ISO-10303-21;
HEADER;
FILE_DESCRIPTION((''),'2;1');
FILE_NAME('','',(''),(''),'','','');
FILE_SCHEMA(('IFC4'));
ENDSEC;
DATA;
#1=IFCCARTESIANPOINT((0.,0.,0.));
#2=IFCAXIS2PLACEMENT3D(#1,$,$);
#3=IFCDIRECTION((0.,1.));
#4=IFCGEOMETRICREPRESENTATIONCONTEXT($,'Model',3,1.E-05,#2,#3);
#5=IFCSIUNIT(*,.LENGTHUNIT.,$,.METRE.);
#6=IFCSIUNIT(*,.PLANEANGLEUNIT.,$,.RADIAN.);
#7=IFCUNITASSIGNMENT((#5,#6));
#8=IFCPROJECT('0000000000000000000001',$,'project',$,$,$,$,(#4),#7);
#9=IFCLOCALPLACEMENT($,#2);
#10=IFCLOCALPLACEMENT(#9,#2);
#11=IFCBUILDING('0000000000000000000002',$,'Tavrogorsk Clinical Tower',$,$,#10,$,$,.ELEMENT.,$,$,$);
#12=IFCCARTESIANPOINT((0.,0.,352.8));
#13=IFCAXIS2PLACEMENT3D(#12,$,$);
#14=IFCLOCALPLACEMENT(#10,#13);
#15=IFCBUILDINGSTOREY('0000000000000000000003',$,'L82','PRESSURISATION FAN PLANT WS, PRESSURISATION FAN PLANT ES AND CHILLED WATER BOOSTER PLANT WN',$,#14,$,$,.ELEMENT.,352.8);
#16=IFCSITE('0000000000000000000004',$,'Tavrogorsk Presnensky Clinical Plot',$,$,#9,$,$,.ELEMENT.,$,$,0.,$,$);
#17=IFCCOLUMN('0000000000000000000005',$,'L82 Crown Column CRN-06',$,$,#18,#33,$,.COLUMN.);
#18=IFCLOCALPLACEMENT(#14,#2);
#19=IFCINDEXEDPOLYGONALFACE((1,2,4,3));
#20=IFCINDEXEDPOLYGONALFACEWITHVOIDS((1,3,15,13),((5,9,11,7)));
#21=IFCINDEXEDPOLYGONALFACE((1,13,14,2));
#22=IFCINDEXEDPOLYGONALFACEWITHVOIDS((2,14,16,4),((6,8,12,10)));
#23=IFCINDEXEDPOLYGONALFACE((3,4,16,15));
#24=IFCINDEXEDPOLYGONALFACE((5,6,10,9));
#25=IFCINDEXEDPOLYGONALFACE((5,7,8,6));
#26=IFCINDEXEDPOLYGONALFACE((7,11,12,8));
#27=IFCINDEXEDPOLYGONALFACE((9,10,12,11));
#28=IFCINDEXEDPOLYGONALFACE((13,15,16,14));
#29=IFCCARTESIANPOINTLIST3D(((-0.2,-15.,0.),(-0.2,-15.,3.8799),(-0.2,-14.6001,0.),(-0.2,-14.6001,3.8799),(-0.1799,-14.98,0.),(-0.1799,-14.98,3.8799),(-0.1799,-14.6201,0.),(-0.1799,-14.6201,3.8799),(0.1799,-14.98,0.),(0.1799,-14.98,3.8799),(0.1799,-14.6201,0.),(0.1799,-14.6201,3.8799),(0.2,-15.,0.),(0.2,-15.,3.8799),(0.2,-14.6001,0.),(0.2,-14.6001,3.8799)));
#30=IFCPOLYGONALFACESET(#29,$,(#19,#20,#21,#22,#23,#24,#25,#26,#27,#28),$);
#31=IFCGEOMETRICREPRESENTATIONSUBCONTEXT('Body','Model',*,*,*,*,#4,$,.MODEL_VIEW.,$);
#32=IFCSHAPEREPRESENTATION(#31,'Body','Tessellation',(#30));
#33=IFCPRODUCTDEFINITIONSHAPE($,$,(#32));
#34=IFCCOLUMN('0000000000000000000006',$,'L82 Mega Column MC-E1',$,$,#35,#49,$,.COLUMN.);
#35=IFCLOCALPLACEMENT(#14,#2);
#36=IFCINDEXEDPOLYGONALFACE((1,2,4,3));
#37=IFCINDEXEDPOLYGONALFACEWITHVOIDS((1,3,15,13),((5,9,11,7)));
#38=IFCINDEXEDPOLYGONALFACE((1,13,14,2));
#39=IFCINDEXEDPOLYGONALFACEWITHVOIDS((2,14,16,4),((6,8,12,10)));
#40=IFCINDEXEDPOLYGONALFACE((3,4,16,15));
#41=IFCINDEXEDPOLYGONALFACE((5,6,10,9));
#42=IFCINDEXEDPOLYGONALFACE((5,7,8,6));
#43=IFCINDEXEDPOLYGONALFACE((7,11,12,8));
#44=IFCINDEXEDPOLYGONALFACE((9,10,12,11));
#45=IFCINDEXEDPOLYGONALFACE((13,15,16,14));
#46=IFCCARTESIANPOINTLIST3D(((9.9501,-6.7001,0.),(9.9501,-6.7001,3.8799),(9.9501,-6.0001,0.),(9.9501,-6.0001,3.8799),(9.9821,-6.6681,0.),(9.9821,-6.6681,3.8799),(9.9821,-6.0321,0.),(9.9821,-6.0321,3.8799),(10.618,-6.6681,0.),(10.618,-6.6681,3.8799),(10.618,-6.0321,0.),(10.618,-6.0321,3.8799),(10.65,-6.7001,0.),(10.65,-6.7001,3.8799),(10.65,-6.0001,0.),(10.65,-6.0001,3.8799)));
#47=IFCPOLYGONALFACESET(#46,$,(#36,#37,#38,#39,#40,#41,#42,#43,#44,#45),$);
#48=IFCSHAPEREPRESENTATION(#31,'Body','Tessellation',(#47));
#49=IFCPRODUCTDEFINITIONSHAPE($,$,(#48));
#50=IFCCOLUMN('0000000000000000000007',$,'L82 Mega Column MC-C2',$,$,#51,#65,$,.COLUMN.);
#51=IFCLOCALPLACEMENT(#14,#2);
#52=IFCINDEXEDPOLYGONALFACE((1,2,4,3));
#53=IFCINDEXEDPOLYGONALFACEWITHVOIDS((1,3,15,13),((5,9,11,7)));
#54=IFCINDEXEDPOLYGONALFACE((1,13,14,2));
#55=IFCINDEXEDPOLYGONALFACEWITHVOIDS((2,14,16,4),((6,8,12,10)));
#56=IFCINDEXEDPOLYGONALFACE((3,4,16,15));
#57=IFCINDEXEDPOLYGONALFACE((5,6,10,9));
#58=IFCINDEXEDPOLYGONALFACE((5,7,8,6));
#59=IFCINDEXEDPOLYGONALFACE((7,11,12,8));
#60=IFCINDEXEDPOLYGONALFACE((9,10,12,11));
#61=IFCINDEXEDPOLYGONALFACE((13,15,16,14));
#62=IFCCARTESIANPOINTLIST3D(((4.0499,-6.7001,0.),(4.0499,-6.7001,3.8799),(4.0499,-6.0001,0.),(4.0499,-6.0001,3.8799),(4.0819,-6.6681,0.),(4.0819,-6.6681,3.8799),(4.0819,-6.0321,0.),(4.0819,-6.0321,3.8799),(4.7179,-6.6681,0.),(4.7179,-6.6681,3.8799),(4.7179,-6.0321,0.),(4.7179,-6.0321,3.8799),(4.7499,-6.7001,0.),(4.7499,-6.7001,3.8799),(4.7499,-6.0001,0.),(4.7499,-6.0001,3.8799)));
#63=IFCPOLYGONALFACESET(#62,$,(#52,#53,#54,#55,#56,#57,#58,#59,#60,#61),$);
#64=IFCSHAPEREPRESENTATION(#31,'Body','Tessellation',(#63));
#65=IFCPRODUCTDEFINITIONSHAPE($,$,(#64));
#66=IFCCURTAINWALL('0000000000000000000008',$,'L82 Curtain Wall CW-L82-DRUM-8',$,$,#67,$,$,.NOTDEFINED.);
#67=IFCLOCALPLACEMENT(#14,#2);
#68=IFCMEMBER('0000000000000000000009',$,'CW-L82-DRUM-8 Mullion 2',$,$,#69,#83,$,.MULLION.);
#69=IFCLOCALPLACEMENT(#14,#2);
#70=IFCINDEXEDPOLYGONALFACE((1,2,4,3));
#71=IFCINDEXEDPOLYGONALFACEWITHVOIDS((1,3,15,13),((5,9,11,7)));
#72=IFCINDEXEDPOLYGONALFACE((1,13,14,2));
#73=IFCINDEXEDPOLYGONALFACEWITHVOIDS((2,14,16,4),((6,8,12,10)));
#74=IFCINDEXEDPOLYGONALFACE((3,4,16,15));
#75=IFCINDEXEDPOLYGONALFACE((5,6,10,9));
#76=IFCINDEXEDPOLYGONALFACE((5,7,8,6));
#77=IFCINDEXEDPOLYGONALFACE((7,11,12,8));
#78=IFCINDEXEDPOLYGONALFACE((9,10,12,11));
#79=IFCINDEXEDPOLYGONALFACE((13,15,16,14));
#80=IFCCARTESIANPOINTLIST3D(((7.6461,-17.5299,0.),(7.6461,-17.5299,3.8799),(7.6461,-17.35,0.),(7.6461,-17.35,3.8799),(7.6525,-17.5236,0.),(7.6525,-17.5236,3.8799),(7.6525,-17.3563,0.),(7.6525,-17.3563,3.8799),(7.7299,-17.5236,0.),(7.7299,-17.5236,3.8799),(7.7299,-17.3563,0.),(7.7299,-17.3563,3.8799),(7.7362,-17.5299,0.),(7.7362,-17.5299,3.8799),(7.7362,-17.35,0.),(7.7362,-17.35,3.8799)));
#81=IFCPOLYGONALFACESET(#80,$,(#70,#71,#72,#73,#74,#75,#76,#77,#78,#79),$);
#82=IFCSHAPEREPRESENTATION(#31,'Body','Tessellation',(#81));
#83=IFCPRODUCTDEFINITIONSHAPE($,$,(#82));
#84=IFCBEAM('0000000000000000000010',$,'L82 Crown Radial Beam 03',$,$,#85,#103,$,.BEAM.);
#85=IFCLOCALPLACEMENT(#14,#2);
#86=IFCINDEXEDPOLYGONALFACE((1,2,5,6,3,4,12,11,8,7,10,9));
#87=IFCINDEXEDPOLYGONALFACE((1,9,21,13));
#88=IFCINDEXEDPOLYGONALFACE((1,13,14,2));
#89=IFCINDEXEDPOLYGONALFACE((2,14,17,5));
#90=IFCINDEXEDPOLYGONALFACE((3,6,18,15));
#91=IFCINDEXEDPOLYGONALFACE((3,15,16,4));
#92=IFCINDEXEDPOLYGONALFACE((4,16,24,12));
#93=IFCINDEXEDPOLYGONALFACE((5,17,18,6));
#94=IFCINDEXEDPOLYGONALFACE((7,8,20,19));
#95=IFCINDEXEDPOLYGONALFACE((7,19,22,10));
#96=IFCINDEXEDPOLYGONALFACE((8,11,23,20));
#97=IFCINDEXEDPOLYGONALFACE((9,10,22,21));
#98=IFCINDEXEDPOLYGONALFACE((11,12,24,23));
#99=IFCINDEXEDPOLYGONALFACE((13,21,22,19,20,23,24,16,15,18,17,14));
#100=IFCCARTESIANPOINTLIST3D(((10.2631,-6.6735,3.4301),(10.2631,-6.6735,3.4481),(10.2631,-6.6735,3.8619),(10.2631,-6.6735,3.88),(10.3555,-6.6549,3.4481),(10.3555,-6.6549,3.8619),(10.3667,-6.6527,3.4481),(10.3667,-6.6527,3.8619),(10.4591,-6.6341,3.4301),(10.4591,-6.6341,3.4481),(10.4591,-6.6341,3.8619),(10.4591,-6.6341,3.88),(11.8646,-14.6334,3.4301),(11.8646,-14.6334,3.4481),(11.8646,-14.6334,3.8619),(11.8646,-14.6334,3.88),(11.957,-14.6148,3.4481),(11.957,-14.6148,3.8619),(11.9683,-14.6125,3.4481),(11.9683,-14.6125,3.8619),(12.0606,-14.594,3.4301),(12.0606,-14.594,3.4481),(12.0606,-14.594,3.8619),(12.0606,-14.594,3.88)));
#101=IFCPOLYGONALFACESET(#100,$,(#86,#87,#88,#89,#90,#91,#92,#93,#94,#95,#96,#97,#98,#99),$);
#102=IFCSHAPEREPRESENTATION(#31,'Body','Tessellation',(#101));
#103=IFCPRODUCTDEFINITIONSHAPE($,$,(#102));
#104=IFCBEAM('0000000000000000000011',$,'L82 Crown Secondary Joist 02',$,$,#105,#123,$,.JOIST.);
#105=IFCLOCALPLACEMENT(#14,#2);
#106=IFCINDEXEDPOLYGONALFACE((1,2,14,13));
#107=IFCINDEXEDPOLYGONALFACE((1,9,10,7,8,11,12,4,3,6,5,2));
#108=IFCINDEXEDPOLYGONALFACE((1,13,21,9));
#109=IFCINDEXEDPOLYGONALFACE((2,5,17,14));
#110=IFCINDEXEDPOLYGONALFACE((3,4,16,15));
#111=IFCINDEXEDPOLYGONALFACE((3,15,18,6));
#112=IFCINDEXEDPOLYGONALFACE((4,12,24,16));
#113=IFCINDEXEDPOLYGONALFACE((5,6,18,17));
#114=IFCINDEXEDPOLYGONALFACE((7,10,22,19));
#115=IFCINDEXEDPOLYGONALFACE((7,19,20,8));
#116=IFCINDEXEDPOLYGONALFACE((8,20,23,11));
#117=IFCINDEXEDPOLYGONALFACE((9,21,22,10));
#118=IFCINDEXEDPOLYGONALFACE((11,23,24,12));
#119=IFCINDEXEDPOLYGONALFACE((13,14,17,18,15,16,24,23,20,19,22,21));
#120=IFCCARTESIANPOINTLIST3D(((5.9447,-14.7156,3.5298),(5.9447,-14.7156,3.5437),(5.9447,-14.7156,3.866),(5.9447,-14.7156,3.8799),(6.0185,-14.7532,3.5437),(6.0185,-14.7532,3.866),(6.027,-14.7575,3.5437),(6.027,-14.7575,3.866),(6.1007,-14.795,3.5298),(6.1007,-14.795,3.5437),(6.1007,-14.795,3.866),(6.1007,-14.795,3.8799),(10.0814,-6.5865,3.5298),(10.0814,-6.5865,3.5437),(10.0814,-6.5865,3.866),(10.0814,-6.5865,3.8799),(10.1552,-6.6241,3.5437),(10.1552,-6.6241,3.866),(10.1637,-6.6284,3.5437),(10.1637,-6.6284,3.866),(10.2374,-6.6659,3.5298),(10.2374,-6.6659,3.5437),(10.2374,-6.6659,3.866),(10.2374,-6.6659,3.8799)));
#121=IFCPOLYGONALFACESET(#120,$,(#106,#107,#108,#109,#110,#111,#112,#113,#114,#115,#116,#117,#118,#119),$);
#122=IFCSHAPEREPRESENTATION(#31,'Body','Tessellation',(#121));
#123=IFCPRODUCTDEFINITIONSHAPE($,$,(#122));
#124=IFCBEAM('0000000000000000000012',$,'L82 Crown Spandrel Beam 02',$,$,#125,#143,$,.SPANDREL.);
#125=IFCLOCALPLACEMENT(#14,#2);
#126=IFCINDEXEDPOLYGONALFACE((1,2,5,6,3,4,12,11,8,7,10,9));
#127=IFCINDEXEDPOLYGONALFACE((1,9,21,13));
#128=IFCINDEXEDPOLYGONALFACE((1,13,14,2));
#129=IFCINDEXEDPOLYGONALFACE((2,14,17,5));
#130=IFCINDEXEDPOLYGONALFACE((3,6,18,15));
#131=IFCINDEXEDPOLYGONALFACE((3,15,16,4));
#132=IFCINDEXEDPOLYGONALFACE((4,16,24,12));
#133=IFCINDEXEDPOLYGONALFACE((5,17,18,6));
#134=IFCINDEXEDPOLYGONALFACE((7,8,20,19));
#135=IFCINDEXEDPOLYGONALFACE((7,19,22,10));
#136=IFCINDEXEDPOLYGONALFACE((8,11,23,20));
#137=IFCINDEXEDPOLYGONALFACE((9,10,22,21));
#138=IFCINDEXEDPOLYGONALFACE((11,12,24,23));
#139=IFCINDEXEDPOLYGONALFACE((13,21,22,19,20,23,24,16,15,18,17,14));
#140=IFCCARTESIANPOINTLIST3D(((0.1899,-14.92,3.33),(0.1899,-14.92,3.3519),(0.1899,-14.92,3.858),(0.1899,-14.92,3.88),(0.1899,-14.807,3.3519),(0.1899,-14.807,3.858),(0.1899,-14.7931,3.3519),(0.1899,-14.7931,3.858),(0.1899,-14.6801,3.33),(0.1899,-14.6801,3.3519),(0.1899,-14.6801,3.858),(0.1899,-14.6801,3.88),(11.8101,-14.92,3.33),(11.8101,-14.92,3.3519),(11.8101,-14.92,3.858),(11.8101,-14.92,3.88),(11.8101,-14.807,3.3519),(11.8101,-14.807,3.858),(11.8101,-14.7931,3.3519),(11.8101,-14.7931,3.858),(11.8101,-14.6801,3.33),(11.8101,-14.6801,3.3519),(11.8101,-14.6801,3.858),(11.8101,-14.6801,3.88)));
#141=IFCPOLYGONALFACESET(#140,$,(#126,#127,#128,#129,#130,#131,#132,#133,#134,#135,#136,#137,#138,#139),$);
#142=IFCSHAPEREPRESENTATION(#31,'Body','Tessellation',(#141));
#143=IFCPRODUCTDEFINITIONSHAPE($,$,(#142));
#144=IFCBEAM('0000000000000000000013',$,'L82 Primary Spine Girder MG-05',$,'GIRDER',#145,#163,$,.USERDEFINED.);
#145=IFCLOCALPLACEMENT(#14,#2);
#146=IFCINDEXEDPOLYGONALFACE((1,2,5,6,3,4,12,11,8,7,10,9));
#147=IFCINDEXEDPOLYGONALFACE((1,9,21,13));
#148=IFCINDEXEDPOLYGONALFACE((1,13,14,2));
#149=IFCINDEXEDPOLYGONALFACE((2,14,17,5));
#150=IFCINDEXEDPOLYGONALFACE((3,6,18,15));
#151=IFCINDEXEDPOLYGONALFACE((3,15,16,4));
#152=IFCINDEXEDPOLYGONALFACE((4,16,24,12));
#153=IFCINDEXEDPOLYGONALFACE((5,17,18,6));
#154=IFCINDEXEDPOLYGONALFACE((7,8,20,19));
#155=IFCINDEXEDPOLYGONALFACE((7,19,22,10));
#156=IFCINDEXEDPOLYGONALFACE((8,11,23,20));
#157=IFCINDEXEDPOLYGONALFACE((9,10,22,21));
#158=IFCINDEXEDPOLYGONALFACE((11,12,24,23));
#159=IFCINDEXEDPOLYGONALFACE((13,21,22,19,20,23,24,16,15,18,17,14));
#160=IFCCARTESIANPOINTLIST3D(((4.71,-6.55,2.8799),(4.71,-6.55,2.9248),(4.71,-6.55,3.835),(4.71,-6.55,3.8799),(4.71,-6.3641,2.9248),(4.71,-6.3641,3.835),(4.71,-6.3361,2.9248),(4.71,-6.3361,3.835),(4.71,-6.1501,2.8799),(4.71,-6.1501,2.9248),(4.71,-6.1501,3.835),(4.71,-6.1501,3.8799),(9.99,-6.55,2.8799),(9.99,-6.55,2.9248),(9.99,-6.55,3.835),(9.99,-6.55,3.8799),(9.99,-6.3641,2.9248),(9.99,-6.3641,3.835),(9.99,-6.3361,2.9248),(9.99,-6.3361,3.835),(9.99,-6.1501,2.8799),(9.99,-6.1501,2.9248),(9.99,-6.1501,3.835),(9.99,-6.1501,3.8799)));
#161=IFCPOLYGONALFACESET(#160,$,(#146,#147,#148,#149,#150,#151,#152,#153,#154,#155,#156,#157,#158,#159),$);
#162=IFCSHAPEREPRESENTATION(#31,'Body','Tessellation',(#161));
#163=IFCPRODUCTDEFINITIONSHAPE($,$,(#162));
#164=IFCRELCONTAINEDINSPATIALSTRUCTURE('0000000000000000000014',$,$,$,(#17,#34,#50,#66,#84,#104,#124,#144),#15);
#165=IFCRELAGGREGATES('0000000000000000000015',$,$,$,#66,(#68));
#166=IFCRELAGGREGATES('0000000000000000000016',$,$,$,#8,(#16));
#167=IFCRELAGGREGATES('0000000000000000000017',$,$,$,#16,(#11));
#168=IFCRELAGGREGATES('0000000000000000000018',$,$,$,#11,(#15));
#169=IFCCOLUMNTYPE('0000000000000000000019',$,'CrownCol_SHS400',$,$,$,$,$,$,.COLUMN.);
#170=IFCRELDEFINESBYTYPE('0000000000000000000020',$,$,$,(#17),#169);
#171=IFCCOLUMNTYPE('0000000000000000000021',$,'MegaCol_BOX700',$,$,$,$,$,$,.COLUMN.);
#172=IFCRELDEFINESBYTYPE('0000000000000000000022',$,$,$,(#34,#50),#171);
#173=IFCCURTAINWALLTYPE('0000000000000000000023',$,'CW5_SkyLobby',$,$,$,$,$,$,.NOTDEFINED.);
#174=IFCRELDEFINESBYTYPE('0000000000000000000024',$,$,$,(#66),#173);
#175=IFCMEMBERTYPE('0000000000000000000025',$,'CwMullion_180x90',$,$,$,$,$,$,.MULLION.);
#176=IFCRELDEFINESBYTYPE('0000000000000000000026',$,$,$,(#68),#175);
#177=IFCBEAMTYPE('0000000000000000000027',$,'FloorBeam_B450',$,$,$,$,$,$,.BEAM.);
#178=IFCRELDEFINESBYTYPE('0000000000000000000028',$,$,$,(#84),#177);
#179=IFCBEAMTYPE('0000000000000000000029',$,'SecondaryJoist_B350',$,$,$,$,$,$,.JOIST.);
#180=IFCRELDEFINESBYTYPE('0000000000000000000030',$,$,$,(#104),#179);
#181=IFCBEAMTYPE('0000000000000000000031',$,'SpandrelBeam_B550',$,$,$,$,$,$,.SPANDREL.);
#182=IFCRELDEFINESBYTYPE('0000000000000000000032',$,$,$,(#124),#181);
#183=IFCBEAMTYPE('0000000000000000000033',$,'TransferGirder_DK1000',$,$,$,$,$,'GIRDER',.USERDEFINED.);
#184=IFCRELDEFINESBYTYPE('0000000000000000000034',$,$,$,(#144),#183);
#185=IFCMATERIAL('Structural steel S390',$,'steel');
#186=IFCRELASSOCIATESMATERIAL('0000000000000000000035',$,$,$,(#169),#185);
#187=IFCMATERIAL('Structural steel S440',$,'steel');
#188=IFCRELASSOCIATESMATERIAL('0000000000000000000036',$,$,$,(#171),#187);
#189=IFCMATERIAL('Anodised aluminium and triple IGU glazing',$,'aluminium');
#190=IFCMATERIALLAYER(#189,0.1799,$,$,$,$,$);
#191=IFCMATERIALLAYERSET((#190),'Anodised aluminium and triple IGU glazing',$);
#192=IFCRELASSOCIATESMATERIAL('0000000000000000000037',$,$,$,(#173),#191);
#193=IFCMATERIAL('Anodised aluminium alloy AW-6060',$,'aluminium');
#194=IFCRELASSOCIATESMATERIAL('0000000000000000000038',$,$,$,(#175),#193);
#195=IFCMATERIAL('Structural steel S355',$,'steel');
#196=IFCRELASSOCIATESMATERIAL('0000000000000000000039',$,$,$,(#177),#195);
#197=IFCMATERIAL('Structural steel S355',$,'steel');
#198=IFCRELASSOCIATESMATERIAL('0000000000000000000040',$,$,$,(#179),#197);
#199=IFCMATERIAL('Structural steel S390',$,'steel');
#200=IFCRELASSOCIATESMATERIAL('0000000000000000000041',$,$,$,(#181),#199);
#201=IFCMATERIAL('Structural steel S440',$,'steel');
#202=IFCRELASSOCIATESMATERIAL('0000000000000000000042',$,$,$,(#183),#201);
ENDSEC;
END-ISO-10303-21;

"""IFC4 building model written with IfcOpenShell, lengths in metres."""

from ifc_helpers import new_model, si_unit, direction, frame, origin, origin_2d, place, context, subcontext, project, spatial, hollow_rectangle, i_section, extrude, material, layer, layer_set, material_profile, profile_set, type_object, element, aggregate, save


model = new_model("IFC4")

# Units and contexts
model_context = context("Model", 3, precision=1e-05, world=origin(), true_north=direction((0.0, 1.0)))
body_context = subcontext(model_context, "Body", "Model", "MODEL_VIEW")
ifc_project = project(units=[si_unit("LENGTHUNIT", "METRE"), si_unit("PLANEANGLEUNIT", "RADIAN")], contexts=[model_context])

# Site, building, storey
site_placement = place(None, origin())
site = spatial("IfcSite", under=ifc_project, at=site_placement, Name="Tavrogorsk Presnensky Clinical Plot", CompositionType="ELEMENT", RefElevation=0.0)
building_placement = place(site_placement, origin())
building = spatial("IfcBuilding", under=site, at=building_placement, Name="Tavrogorsk Clinical Tower", CompositionType="ELEMENT")
storey_placement = place(building_placement, frame((0.0, 0.0, 352.8)))
storey = spatial("IfcBuildingStorey", under=building, at=storey_placement, Name="L82", Description="PRESSURISATION FAN PLANT WS, PRESSURISATION FAN PLANT ES AND CHILLED WATER BOOSTER PLANT WN", CompositionType="ELEMENT", Elevation=352.8)

# Columns
ifc_material_1 = material(Name="Structural steel S390", Category="steel")
ifc_material_profile_1 = material_profile(ifc_material_1, hollow_rectangle(XDim=0.3999, YDim=0.3999, WallThickness=0.02, at=origin_2d()), Name="SHS-400x400x20")
ifc_profile_set_1 = profile_set([ifc_material_profile_1], Name="Structural steel S390")
column_type_1 = type_object("IfcColumnType", Name="CrownCol_SHS400", PredefinedType="COLUMN", material=ifc_profile_set_1)
column_placement = place(storey_placement, frame((0.0, -14.8, 0.0), z_axis=(0.0, 0.0, 1.0), x_axis=(1.0, 0.0, 0.0)))
element("IfcColumn", 1, at=column_placement, inside=storey, type_object=column_type_1, Name="L82 Crown Column CRN-06", PredefinedType="COLUMN", context=body_context, shape_type="SweptSolid", body=[
    extrude(hollow_rectangle(XDim=0.3999, YDim=0.3999, WallThickness=0.02, at=origin_2d()), origin(), (0.0, 0.0, 1.0), 3.8799),
])
ifc_material_2 = material(Name="Structural steel S440", Category="steel")
ifc_material_profile_2 = material_profile(ifc_material_2, hollow_rectangle(XDim=0.7, YDim=0.7, WallThickness=0.032, at=origin_2d()), Name="BOX-700x700x32")
ifc_profile_set_2 = profile_set([ifc_material_profile_2], Name="Structural steel S440")
column_type_2 = type_object("IfcColumnType", Name="MegaCol_BOX700", PredefinedType="COLUMN", material=ifc_profile_set_2)
for number, where, z_axis, x_axis, name in (
    (2, (10.3, -6.3501, 0.0), (0.0, 0.0, 1.0), (1.0, 0.0, 0.0), "L82 Mega Column MC-E1"),
    (3, (4.3999, -6.3501, 0.0), (0.0, 0.0, 1.0), (1.0, 0.0, 0.0), "L82 Mega Column MC-C2"),
):
    element("IfcColumn", number, at=place(storey_placement, frame(where, z_axis=z_axis, x_axis=x_axis)), inside=storey, type_object=column_type_2, Name=name, PredefinedType="COLUMN", context=body_context, shape_type="SweptSolid", body=[
        extrude(hollow_rectangle(XDim=0.7, YDim=0.7, WallThickness=0.032, at=origin_2d()), origin(), (0.0, 0.0, 1.0), 3.8799),
    ])

# Curtain wall, member
ifc_material_3 = material(Name="Anodised aluminium and triple IGU glazing", Category="aluminium")
ifc_layer_1 = layer(ifc_material_3, 0.1799)
ifc_layer_set_1 = layer_set([ifc_layer_1], Name="Anodised aluminium and triple IGU glazing")
curtain_wall_type = type_object("IfcCurtainWallType", Name="CW5_SkyLobby", PredefinedType="NOTDEFINED", material=ifc_layer_set_1)
curtain_wall_placement = place(storey_placement, origin())
curtain_wall = element("IfcCurtainWall", 4, at=curtain_wall_placement, inside=storey, type_object=curtain_wall_type, Name="L82 Curtain Wall CW-L82-DRUM-8", PredefinedType="NOTDEFINED")
ifc_material_4 = material(Name="Anodised aluminium alloy AW-6060", Category="aluminium")
ifc_material_profile_3 = material_profile(ifc_material_4, hollow_rectangle(XDim=0.0901, YDim=0.1799, WallThickness=0.0063, at=origin_2d()), Name="RHS-180x90x6.3")
ifc_profile_set_3 = profile_set([ifc_material_profile_3], Name="Anodised aluminium alloy AW-6060")
member_type = type_object("IfcMemberType", Name="CwMullion_180x90", PredefinedType="MULLION", material=ifc_profile_set_3)
member_placement = place(storey_placement, frame((7.6912, -17.4399, 0.0), z_axis=(0.0, 0.0, 1.0), x_axis=(-1.0, 0.0, 0.0)))
member = element("IfcMember", 5, at=member_placement, type_object=member_type, Name="CW-L82-DRUM-8 Mullion 2", PredefinedType="MULLION", context=body_context, shape_type="SweptSolid", body=[
    extrude(hollow_rectangle(XDim=0.0901, YDim=0.1799, WallThickness=0.0063, at=origin_2d()), origin(), (0.0, 0.0, 1.0), 3.8799),
])

# Beams
ifc_material_5 = material(Name="Structural steel S355", Category="steel")
ifc_material_profile_4 = material_profile(ifc_material_5, i_section(OverallWidth=0.2, OverallDepth=0.45, WebThickness=0.0115, FlangeThickness=0.0181, at=origin_2d()), Name="B-450x200x11.5x18")
ifc_profile_set_4 = profile_set([ifc_material_profile_4], Name="Structural steel S355")
beam_type_1 = type_object("IfcBeamType", Name="FloorBeam_B450", PredefinedType="BEAM", material=ifc_profile_set_4)
beam_1_placement = place(storey_placement, frame((10.3611, -6.6538, 3.655), z_axis=(0.197249, -0.980353, 0.0), x_axis=(0.980353, 0.197249, 0.0)))
element("IfcBeam", 6, at=beam_1_placement, inside=storey, type_object=beam_type_1, Name="L82 Crown Radial Beam 03", PredefinedType="BEAM", context=body_context, shape_type="SweptSolid", body=[
    extrude(i_section(OverallWidth=0.2, OverallDepth=0.45, WebThickness=0.0115, FlangeThickness=0.0181, at=origin_2d()), origin(), (0.0, 0.0, 1.0), 8.1194),
])
ifc_material_6 = material(Name="Structural steel S355", Category="steel")
ifc_material_profile_5 = material_profile(ifc_material_6, i_section(OverallWidth=0.175, OverallDepth=0.3501, WebThickness=0.0095, FlangeThickness=0.0139, at=origin_2d()), Name="B-350x175x9.5x14")
ifc_profile_set_5 = profile_set([ifc_material_profile_5], Name="Structural steel S355")
beam_type_2 = type_object("IfcBeamType", Name="SecondaryJoist_B350", PredefinedType="JOIST", material=ifc_profile_set_5)
beam_2_placement = place(storey_placement, frame((10.1594, -6.6262, 3.7048), z_axis=(-0.45353, -0.891241, 0.0), x_axis=(0.891241, -0.45353, 0.0)))
element("IfcBeam", 7, at=beam_2_placement, inside=storey, type_object=beam_type_2, Name="L82 Crown Secondary Joist 02", PredefinedType="JOIST", context=body_context, shape_type="SweptSolid", body=[
    extrude(i_section(OverallWidth=0.175, OverallDepth=0.3501, WebThickness=0.0095, FlangeThickness=0.0139, at=origin_2d()), origin(), (0.0, 0.0, 1.0), 9.1211),
])
ifc_material_7 = material(Name="Structural steel S390", Category="steel")
ifc_material_profile_6 = material_profile(ifc_material_7, i_section(OverallWidth=0.24, OverallDepth=0.55, WebThickness=0.0139, FlangeThickness=0.022, at=origin_2d()), Name="B-550x240x14x22")
ifc_profile_set_6 = profile_set([ifc_material_profile_6], Name="Structural steel S390")
beam_type_3 = type_object("IfcBeamType", Name="SpandrelBeam_B550", PredefinedType="SPANDREL", material=ifc_profile_set_6)
beam_3_placement = place(storey_placement, frame((0.1899, -14.8, 3.605), z_axis=(1.0, 0.0, 0.0), x_axis=(0.0, 1.0, 0.0)))
element("IfcBeam", 8, at=beam_3_placement, inside=storey, type_object=beam_type_3, Name="L82 Crown Spandrel Beam 02", PredefinedType="SPANDREL", context=body_context, shape_type="SweptSolid", body=[
    extrude(i_section(OverallWidth=0.24, OverallDepth=0.55, WebThickness=0.0139, FlangeThickness=0.022, at=origin_2d()), origin(), (0.0, 0.0, 1.0), 11.6201),
])
ifc_material_8 = material(Name="Structural steel S440", Category="steel")
ifc_material_profile_7 = material_profile(ifc_material_8, i_section(OverallWidth=0.3999, OverallDepth=1.0, WebThickness=0.0281, FlangeThickness=0.0449, at=origin_2d()), Name="DK-1000x400x28x45")
ifc_profile_set_7 = profile_set([ifc_material_profile_7], Name="Structural steel S440")
beam_type_4 = type_object("IfcBeamType", Name="TransferGirder_DK1000", ElementType="GIRDER", PredefinedType="USERDEFINED", material=ifc_profile_set_7)
beam_4_placement = place(storey_placement, frame((4.71, -6.3501, 3.3799), z_axis=(1.0, 0.0, 0.0), x_axis=(0.0, 1.0, 0.0)))
element("IfcBeam", 9, at=beam_4_placement, inside=storey, type_object=beam_type_4, Name="L82 Primary Spine Girder MG-05", ObjectType="GIRDER", PredefinedType="USERDEFINED", context=body_context, shape_type="SweptSolid", body=[
    extrude(i_section(OverallWidth=0.3999, OverallDepth=1.0, WebThickness=0.0281, FlangeThickness=0.0449, at=origin_2d()), origin(), (0.0, 0.0, 1.0), 5.28),
])

aggregate(curtain_wall, [member])

save(model, "model.ifc")
